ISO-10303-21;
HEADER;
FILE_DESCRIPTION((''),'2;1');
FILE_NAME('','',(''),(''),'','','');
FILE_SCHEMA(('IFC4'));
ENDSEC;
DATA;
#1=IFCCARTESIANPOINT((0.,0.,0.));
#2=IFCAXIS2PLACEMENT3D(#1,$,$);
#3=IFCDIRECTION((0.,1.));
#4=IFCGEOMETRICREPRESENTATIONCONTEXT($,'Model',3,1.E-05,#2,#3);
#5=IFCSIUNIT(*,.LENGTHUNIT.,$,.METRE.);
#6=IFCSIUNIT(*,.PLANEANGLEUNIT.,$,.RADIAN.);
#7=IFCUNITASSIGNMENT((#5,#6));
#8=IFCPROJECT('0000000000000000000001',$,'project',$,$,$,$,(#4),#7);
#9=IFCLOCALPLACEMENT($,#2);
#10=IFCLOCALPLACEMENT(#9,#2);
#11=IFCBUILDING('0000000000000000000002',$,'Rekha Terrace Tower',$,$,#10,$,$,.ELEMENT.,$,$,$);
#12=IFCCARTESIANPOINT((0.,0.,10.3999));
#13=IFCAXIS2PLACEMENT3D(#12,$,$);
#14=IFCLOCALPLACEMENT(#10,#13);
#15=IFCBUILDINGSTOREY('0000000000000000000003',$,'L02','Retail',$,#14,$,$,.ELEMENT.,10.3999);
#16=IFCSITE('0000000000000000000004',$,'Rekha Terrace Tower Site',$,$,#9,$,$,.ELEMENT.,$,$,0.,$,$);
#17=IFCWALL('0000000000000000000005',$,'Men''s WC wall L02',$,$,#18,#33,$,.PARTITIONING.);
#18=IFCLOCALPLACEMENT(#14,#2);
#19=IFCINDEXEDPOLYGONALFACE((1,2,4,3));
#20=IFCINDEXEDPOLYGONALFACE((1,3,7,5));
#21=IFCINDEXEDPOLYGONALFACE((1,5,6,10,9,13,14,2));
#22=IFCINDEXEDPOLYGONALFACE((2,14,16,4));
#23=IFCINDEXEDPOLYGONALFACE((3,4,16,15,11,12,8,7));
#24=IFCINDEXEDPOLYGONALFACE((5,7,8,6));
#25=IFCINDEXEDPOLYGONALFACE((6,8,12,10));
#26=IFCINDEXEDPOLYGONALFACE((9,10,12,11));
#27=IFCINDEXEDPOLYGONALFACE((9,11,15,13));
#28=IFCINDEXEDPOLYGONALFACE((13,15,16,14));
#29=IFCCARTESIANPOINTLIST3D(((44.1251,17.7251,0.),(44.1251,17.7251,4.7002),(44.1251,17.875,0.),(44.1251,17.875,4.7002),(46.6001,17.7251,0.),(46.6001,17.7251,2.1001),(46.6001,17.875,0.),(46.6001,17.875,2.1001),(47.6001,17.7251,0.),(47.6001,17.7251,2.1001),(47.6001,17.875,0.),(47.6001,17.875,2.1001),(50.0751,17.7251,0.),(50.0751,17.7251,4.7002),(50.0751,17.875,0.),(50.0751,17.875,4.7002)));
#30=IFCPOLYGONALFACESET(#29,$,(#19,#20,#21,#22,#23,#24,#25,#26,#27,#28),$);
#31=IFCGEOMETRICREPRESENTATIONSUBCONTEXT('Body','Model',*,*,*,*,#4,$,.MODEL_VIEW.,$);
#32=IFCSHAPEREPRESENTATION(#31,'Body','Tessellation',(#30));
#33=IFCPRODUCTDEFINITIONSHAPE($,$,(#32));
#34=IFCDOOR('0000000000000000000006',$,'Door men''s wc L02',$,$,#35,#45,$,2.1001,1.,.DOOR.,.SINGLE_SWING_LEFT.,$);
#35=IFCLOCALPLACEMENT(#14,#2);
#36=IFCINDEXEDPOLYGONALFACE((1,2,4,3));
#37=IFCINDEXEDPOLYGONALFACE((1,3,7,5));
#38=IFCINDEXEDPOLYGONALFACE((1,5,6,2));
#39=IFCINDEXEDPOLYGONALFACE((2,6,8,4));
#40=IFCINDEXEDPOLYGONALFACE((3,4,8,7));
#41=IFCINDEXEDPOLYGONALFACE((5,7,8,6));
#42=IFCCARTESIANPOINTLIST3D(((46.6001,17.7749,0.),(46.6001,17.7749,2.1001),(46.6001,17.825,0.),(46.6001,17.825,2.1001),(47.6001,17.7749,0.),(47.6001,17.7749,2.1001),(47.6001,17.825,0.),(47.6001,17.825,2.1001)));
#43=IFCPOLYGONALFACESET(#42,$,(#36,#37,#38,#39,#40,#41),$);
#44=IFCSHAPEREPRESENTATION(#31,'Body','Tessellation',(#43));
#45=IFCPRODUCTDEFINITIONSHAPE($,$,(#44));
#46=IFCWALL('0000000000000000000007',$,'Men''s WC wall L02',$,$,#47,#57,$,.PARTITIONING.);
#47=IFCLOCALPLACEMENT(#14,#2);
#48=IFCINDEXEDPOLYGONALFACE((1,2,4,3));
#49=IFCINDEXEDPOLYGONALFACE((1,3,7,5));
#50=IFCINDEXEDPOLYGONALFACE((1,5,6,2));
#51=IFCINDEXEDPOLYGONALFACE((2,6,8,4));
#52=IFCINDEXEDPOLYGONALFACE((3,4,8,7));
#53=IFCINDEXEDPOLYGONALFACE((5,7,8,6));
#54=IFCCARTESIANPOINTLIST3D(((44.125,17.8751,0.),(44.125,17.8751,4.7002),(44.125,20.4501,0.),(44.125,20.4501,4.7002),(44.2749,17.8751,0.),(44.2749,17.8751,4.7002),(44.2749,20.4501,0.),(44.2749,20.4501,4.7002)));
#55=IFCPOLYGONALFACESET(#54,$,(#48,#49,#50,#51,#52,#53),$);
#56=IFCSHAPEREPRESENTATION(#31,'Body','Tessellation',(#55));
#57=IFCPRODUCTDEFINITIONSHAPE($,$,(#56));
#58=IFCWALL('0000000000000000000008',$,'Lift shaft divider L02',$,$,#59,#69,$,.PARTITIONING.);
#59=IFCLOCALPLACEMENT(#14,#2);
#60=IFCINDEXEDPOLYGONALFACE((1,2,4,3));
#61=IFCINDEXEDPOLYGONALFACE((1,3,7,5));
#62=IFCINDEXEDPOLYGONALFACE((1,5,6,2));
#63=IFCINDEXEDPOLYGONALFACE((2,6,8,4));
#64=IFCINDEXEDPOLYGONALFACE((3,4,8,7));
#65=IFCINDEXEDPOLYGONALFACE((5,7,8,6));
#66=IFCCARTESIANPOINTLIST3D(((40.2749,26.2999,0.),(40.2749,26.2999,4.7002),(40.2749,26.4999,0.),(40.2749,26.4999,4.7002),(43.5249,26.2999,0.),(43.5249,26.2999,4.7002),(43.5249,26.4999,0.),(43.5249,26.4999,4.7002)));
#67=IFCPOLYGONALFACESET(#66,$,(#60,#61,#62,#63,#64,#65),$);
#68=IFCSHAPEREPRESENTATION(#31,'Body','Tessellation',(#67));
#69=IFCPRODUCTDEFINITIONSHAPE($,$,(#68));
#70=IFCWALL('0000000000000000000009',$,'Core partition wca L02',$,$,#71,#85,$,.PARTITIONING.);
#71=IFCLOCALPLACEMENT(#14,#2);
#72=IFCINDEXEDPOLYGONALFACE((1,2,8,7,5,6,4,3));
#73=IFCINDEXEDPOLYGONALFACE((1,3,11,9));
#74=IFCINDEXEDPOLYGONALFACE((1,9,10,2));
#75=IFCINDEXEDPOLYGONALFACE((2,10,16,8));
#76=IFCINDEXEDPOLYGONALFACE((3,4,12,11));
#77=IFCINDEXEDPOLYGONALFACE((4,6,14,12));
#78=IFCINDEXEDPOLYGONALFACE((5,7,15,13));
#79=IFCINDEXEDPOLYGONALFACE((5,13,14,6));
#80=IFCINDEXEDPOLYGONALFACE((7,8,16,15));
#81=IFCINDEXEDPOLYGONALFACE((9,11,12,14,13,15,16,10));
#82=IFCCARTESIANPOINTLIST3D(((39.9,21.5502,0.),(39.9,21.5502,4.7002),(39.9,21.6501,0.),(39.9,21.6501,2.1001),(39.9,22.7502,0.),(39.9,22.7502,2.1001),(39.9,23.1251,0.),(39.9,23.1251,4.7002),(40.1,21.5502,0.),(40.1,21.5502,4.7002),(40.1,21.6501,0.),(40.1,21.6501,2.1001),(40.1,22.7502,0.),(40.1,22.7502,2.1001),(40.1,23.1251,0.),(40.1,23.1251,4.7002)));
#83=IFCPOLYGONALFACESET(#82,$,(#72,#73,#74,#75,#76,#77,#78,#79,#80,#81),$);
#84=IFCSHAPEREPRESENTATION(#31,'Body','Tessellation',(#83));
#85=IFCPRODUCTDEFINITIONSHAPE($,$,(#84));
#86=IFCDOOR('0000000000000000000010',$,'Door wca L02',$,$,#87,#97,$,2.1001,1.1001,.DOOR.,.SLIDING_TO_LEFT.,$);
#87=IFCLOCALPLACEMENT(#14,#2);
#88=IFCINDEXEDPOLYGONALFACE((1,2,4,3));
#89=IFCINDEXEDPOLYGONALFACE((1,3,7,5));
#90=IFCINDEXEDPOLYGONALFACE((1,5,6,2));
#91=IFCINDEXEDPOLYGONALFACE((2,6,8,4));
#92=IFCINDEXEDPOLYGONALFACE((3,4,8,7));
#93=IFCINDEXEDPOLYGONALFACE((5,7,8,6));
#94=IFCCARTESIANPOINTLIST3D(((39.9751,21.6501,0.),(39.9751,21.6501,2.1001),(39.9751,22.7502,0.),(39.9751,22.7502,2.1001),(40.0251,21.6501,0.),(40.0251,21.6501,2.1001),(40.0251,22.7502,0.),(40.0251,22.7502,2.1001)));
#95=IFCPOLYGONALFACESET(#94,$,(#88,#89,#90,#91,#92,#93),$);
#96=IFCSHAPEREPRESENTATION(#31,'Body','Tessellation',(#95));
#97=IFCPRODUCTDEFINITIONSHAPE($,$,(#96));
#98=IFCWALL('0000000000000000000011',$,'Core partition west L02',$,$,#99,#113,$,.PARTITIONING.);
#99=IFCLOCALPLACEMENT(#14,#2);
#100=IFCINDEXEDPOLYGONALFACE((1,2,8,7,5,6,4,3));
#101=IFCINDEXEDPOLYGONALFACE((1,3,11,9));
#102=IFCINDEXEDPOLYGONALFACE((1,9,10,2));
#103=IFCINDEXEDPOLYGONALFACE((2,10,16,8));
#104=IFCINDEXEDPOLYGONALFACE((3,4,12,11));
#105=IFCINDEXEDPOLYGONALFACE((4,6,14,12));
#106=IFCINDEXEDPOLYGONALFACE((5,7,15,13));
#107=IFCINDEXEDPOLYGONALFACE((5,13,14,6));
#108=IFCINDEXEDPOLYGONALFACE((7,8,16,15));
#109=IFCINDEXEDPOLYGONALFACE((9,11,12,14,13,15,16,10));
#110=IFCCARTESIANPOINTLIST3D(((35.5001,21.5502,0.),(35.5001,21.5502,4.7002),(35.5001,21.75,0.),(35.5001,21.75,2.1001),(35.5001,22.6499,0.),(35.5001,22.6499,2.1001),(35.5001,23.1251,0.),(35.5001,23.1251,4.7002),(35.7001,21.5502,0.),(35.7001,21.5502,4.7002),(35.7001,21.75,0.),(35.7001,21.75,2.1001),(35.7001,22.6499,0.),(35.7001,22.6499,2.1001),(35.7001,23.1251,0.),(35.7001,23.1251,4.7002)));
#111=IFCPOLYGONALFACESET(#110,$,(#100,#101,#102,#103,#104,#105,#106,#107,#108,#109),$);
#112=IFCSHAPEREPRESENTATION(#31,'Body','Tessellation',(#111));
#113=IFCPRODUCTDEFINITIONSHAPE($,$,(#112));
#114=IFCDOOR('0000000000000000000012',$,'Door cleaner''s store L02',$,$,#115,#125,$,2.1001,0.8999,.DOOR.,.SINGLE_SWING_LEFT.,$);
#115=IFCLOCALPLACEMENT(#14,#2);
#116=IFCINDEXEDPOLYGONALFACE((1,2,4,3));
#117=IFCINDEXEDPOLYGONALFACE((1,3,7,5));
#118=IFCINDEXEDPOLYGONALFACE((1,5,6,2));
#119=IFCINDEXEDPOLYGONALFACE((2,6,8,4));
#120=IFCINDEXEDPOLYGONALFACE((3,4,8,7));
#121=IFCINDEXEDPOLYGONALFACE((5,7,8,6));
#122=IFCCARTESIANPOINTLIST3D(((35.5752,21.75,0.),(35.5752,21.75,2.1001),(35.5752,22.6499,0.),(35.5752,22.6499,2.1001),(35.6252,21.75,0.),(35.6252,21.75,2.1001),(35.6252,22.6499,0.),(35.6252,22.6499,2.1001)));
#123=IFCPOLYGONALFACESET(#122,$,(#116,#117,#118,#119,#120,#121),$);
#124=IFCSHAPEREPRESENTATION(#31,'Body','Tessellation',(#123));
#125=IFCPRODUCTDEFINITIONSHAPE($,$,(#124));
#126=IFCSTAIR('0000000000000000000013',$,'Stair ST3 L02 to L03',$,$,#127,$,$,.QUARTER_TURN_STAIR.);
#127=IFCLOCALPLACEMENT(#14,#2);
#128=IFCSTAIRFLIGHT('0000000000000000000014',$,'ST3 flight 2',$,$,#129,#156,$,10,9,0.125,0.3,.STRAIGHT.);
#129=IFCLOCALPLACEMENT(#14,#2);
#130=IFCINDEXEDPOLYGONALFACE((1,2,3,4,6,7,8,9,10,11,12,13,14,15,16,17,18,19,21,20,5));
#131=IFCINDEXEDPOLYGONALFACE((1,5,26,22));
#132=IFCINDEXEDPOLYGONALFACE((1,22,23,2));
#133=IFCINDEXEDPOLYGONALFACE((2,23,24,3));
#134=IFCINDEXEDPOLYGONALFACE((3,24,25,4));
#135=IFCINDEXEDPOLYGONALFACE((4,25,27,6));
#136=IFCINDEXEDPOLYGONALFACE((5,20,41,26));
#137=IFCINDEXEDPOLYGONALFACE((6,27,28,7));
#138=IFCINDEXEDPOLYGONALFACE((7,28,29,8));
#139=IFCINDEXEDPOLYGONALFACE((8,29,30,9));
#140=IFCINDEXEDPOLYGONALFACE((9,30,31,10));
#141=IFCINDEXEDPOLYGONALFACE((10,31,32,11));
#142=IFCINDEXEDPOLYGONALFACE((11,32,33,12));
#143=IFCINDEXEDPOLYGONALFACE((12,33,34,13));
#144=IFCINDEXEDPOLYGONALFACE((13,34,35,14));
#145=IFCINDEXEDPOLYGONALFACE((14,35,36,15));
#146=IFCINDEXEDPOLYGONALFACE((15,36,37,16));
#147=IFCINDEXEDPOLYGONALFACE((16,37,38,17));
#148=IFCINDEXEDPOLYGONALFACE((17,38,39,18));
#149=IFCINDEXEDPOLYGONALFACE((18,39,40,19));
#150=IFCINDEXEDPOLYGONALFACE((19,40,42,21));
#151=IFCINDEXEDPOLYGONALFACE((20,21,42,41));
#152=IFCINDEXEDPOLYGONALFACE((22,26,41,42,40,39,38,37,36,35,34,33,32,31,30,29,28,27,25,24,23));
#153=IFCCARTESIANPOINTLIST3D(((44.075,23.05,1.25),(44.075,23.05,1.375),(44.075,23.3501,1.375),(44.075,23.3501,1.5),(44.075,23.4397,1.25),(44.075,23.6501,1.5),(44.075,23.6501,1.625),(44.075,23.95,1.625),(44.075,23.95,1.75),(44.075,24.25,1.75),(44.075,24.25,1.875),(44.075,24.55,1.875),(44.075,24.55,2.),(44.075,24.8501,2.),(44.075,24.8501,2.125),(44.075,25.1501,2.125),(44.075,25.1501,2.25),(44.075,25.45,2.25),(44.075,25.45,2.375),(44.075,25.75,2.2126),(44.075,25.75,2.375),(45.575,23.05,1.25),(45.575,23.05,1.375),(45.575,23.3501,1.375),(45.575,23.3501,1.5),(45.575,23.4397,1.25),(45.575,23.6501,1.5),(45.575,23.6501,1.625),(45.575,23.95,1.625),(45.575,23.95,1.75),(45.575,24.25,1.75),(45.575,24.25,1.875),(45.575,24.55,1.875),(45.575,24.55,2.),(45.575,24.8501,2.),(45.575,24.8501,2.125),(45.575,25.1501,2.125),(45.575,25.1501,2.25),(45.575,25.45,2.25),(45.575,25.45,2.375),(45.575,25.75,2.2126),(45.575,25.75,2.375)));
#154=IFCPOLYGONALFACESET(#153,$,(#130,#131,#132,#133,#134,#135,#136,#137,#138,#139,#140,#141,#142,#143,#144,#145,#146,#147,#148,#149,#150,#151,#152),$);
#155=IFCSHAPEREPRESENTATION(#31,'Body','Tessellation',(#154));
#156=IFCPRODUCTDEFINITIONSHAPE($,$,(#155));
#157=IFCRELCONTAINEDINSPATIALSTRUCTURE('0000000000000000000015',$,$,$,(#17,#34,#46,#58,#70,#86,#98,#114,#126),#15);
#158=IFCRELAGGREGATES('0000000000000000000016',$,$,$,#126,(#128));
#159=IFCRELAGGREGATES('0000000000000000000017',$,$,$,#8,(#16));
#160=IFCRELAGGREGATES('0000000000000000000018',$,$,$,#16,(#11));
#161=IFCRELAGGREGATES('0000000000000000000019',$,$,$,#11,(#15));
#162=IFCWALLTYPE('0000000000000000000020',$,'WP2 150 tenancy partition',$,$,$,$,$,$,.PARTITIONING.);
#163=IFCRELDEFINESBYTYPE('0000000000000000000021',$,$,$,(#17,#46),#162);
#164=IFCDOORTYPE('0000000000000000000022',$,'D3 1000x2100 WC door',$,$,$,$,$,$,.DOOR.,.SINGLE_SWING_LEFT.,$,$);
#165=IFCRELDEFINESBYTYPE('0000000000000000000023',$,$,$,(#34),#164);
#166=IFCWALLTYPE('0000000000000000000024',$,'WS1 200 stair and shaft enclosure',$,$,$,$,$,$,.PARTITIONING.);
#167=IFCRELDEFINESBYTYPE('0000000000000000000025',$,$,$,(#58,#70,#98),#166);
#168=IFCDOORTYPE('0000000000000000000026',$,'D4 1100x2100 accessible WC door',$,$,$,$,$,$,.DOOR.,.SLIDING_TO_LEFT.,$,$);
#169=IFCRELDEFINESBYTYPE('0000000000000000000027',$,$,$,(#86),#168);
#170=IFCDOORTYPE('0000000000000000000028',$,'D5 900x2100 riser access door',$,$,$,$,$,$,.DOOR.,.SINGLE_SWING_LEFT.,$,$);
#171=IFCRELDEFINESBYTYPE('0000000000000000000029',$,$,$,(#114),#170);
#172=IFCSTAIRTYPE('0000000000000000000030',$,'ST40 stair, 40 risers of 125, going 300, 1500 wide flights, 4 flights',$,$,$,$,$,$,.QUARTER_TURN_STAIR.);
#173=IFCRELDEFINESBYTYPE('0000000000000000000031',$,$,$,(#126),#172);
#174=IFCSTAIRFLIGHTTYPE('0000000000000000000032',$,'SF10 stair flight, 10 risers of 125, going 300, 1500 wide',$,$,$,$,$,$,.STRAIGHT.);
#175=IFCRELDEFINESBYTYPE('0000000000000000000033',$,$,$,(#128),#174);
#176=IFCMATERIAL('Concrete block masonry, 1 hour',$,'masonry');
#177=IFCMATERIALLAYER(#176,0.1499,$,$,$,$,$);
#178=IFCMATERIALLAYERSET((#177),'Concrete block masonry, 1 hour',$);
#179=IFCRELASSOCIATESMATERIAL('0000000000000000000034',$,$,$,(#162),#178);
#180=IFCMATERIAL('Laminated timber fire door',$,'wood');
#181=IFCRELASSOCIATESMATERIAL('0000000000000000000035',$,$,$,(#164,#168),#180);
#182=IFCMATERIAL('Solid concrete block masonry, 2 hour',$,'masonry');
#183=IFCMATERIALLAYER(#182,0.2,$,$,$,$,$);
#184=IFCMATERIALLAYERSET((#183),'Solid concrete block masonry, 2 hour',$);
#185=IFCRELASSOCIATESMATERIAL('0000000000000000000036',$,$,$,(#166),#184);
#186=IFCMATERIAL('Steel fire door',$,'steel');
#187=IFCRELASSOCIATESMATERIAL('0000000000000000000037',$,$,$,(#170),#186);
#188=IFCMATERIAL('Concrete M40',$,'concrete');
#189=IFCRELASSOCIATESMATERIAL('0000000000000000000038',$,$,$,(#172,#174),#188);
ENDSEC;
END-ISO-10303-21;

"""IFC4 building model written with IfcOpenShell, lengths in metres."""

from ifc_helpers import new_model, si_unit, direction, frame, frame_2d, origin, place, context, subcontext, project, spatial, polyline, rectangle, outline, extrude, material, layer, layer_set, type_object, element, fill, aggregate, save


model = new_model("IFC4")

# Units and contexts
model_context = context("Model", 3, precision=1e-05, world=origin(), true_north=direction((0.0, 1.0)))
body_context = subcontext(model_context, "Body", "Model", "MODEL_VIEW")
ifc_project = project(units=[si_unit("LENGTHUNIT", "METRE"), si_unit("PLANEANGLEUNIT", "RADIAN")], contexts=[model_context])

# Site, building, storey
site_placement = place(None, origin())
site = spatial("IfcSite", under=ifc_project, at=site_placement, Name="Rekha Terrace Tower Site", CompositionType="ELEMENT", RefElevation=0.0)
building_placement = place(site_placement, origin())
building = spatial("IfcBuilding", under=site, at=building_placement, Name="Rekha Terrace Tower", CompositionType="ELEMENT")
storey_placement = place(building_placement, frame((0.0, 0.0, 10.3999)))
storey = spatial("IfcBuildingStorey", under=building, at=storey_placement, Name="L02", Description="Retail", CompositionType="ELEMENT", Elevation=10.3999)

# Shared definitions
ifc_material_1 = material(Name="Concrete block masonry, 1 hour", Category="masonry")
ifc_layer_1 = layer(ifc_material_1, 0.1499)
ifc_layer_set_1 = layer_set([ifc_layer_1], Name="Concrete block masonry, 1 hour")
wall_type_1 = type_object("IfcWallType", Name="WP2 150 tenancy partition", PredefinedType="PARTITIONING", material=ifc_layer_set_1)

# Wall, opening, door
wall_1_placement = place(storey_placement, frame((44.125, 17.8, 0.0), z_axis=(0.0, 0.0, 1.0), x_axis=(1.0, 0.0, 0.0)))
wall_1 = element("IfcWall", 1, at=wall_1_placement, inside=storey, type_object=wall_type_1, Name="Men's WC wall L02", PredefinedType="PARTITIONING", context=body_context, shape_type="SweptSolid", body=[
    extrude(rectangle(XDim=5.95, YDim=0.1499, at=frame_2d((2.9751, 0.0))), origin(), (0.0, 0.0, 1.0), 4.7002),
])
opening_1_placement = place(wall_1_placement, frame((2.4751, 0.0, 0.0)))
opening_1 = element("IfcOpeningElement", 2, at=opening_1_placement, cuts=wall_1, PredefinedType="OPENING", context=body_context, shape_type="SweptSolid", body=[
    extrude(rectangle(XDim=1.0, YDim=2.1001, at=frame_2d((0.5, 1.05))), frame((0.0, 0.085, 0.0), z_axis=(0.0, -1.0, 0.0), x_axis=(1.0, 0.0, 0.0)), (0.0, 0.0, 1.0), 0.1699),
])
ifc_material_2 = material(Name="Laminated timber fire door", Category="wood")
door_type_1 = type_object("IfcDoorType", Name="D3 1000x2100 WC door", OperationType="SINGLE_SWING_LEFT", PredefinedType="DOOR", material=ifc_material_2)
door_1_placement = place(opening_1_placement, origin())
door_1 = element("IfcDoor", 3, at=door_1_placement, inside=storey, type_object=door_type_1, Name="Door men's wc L02", OperationType="SINGLE_SWING_LEFT", OverallHeight=2.1001, OverallWidth=1.0, PredefinedType="DOOR", context=body_context, shape_type="SweptSolid", body=[
    extrude(rectangle(XDim=1.0, YDim=2.1001, at=frame_2d((0.5, 1.05))), frame((0.0, 0.0249, 0.0), z_axis=(0.0, -1.0, 0.0), x_axis=(1.0, 0.0, 0.0)), (0.0, 0.0, 1.0), 0.05),
])
fill(opening_1, door_1)

# Walls
wall_2_placement = place(storey_placement, frame((44.2, 17.875, 0.0), z_axis=(0.0, 0.0, 1.0), x_axis=(0.0, 1.0, 0.0)))
element("IfcWall", 4, at=wall_2_placement, inside=storey, type_object=wall_type_1, Name="Men's WC wall L02", PredefinedType="PARTITIONING", context=body_context, shape_type="SweptSolid", body=[
    extrude(rectangle(XDim=2.575, YDim=0.1499, at=frame_2d((1.2876, 0.0))), origin(), (0.0, 0.0, 1.0), 4.7002),
])
ifc_material_3 = material(Name="Solid concrete block masonry, 2 hour", Category="masonry")
ifc_layer_2 = layer(ifc_material_3, 0.2)
ifc_layer_set_2 = layer_set([ifc_layer_2], Name="Solid concrete block masonry, 2 hour")
wall_type_2 = type_object("IfcWallType", Name="WS1 200 stair and shaft enclosure", PredefinedType="PARTITIONING", material=ifc_layer_set_2)
wall_3_placement = place(storey_placement, frame((40.2749, 26.3999, 0.0), z_axis=(0.0, 0.0, 1.0), x_axis=(1.0, 0.0, 0.0)))
element("IfcWall", 5, at=wall_3_placement, inside=storey, type_object=wall_type_2, Name="Lift shaft divider L02", PredefinedType="PARTITIONING", context=body_context, shape_type="SweptSolid", body=[
    extrude(rectangle(XDim=3.25, YDim=0.2, at=frame_2d((1.625, 0.0))), origin(), (0.0, 0.0, 1.0), 4.7002),
])

# Walls, openings, doors
wall_4_placement = place(storey_placement, frame((40.0, 21.55, 0.0), z_axis=(0.0, 0.0, 1.0), x_axis=(0.0, 1.0, 0.0)))
wall_4 = element("IfcWall", 6, at=wall_4_placement, inside=storey, type_object=wall_type_2, Name="Core partition wca L02", PredefinedType="PARTITIONING", context=body_context, shape_type="SweptSolid", body=[
    extrude(rectangle(XDim=1.575, YDim=0.2, at=frame_2d((0.7876, 0.0))), origin(), (0.0, 0.0, 1.0), 4.7002),
])
opening_2_placement = place(wall_4_placement, frame((0.1001, 0.0, 0.0)))
opening_2 = element("IfcOpeningElement", 7, at=opening_2_placement, cuts=wall_4, PredefinedType="OPENING", context=body_context, shape_type="SweptSolid", body=[
    extrude(rectangle(XDim=1.1001, YDim=2.1001, at=frame_2d((0.55, 1.05))), frame((0.0, 0.1099, 0.0), z_axis=(0.0, -1.0, 0.0), x_axis=(1.0, 0.0, 0.0)), (0.0, 0.0, 1.0), 0.22),
])
door_type_2 = type_object("IfcDoorType", Name="D4 1100x2100 accessible WC door", OperationType="SLIDING_TO_LEFT", PredefinedType="DOOR", material=ifc_material_2)
door_2_placement = place(opening_2_placement, origin())
door_2 = element("IfcDoor", 8, at=door_2_placement, inside=storey, type_object=door_type_2, Name="Door wca L02", OperationType="SLIDING_TO_LEFT", OverallHeight=2.1001, OverallWidth=1.1001, PredefinedType="DOOR", context=body_context, shape_type="SweptSolid", body=[
    extrude(rectangle(XDim=1.1001, YDim=2.1001, at=frame_2d((0.55, 1.05))), frame((0.0, 0.0249, 0.0), z_axis=(0.0, -1.0, 0.0), x_axis=(1.0, 0.0, 0.0)), (0.0, 0.0, 1.0), 0.05),
])
fill(opening_2, door_2)
wall_5_placement = place(storey_placement, frame((35.6001, 21.55, 0.0), z_axis=(0.0, 0.0, 1.0), x_axis=(0.0, 1.0, 0.0)))
wall_5 = element("IfcWall", 9, at=wall_5_placement, inside=storey, type_object=wall_type_2, Name="Core partition west L02", PredefinedType="PARTITIONING", context=body_context, shape_type="SweptSolid", body=[
    extrude(rectangle(XDim=1.575, YDim=0.2, at=frame_2d((0.7876, 0.0))), origin(), (0.0, 0.0, 1.0), 4.7002),
])
opening_3_placement = place(wall_5_placement, frame((0.2, 0.0, 0.0)))
opening_3 = element("IfcOpeningElement", 10, at=opening_3_placement, cuts=wall_5, PredefinedType="OPENING", context=body_context, shape_type="SweptSolid", body=[
    extrude(rectangle(XDim=0.8999, YDim=2.1001, at=frame_2d((0.45, 1.05))), frame((0.0, 0.1099, 0.0), z_axis=(0.0, -1.0, 0.0), x_axis=(1.0, 0.0, 0.0)), (0.0, 0.0, 1.0), 0.22),
])
ifc_material_4 = material(Name="Steel fire door", Category="steel")
door_type_3 = type_object("IfcDoorType", Name="D5 900x2100 riser access door", OperationType="SINGLE_SWING_LEFT", PredefinedType="DOOR", material=ifc_material_4)
door_3_placement = place(opening_3_placement, origin())
door_3 = element("IfcDoor", 11, at=door_3_placement, inside=storey, type_object=door_type_3, Name="Door cleaner's store L02", OperationType="SINGLE_SWING_LEFT", OverallHeight=2.1001, OverallWidth=0.8999, PredefinedType="DOOR", context=body_context, shape_type="SweptSolid", body=[
    extrude(rectangle(XDim=0.8999, YDim=2.1001, at=frame_2d((0.45, 1.05))), frame((0.0, 0.0249, 0.0), z_axis=(0.0, -1.0, 0.0), x_axis=(1.0, 0.0, 0.0)), (0.0, 0.0, 1.0), 0.05),
])
fill(opening_3, door_3)

# Stair, stair flight
ifc_material_5 = material(Name="Concrete M40", Category="concrete")
stair_type = type_object("IfcStairType", Name="ST40 stair, 40 risers of 125, going 300, 1500 wide flights, 4 flights", PredefinedType="QUARTER_TURN_STAIR", material=ifc_material_5)
stair_placement = place(storey_placement, origin())
stair = element("IfcStair", 12, at=stair_placement, inside=storey, type_object=stair_type, Name="Stair ST3 L02 to L03", PredefinedType="QUARTER_TURN_STAIR")
stair_flight_type = type_object("IfcStairFlightType", Name="SF10 stair flight, 10 risers of 125, going 300, 1500 wide", PredefinedType="STRAIGHT", material=ifc_material_5)
stair_flight_placement = place(storey_placement, frame((44.825, 23.05, 1.25), z_axis=(0.0, 0.0, 1.0), x_axis=(0.0, 1.0, 0.0)))
stair_flight = element("IfcStairFlight", 13, at=stair_flight_placement, type_object=stair_flight_type, Name="ST3 flight 2", NumberOfRisers=10, NumberOfTreads=9, PredefinedType="STRAIGHT", RiserHeight=0.125, TreadLength=0.3, context=body_context, shape_type="SweptSolid", body=[
    extrude(outline(polyline([(0.0, 0.0), (0.0, 0.125), (0.3, 0.125), (0.3, 0.25), (0.6001, 0.25), (0.6001, 0.375), (0.8999, 0.375), (0.8999, 0.5), (1.2, 0.5), (1.2, 0.625), (1.5, 0.625), (1.5, 0.75), (1.8, 0.75), (1.8, 0.875), (2.1001, 0.875), (2.1001, 1.0), (2.3999, 1.0), (2.3999, 1.125), (2.7, 1.125), (2.7, 1.25), (2.7, 0.9626), (0.3896, 0.0), (0.0, 0.0)])), frame((0.0, 0.75, 0.0), z_axis=(0.0, -1.0, 0.0), x_axis=(1.0, 0.0, 0.0)), (0.0, 0.0, 1.0), 1.5),
])
aggregate(stair, [stair_flight])

save(model, "model.ifc")
